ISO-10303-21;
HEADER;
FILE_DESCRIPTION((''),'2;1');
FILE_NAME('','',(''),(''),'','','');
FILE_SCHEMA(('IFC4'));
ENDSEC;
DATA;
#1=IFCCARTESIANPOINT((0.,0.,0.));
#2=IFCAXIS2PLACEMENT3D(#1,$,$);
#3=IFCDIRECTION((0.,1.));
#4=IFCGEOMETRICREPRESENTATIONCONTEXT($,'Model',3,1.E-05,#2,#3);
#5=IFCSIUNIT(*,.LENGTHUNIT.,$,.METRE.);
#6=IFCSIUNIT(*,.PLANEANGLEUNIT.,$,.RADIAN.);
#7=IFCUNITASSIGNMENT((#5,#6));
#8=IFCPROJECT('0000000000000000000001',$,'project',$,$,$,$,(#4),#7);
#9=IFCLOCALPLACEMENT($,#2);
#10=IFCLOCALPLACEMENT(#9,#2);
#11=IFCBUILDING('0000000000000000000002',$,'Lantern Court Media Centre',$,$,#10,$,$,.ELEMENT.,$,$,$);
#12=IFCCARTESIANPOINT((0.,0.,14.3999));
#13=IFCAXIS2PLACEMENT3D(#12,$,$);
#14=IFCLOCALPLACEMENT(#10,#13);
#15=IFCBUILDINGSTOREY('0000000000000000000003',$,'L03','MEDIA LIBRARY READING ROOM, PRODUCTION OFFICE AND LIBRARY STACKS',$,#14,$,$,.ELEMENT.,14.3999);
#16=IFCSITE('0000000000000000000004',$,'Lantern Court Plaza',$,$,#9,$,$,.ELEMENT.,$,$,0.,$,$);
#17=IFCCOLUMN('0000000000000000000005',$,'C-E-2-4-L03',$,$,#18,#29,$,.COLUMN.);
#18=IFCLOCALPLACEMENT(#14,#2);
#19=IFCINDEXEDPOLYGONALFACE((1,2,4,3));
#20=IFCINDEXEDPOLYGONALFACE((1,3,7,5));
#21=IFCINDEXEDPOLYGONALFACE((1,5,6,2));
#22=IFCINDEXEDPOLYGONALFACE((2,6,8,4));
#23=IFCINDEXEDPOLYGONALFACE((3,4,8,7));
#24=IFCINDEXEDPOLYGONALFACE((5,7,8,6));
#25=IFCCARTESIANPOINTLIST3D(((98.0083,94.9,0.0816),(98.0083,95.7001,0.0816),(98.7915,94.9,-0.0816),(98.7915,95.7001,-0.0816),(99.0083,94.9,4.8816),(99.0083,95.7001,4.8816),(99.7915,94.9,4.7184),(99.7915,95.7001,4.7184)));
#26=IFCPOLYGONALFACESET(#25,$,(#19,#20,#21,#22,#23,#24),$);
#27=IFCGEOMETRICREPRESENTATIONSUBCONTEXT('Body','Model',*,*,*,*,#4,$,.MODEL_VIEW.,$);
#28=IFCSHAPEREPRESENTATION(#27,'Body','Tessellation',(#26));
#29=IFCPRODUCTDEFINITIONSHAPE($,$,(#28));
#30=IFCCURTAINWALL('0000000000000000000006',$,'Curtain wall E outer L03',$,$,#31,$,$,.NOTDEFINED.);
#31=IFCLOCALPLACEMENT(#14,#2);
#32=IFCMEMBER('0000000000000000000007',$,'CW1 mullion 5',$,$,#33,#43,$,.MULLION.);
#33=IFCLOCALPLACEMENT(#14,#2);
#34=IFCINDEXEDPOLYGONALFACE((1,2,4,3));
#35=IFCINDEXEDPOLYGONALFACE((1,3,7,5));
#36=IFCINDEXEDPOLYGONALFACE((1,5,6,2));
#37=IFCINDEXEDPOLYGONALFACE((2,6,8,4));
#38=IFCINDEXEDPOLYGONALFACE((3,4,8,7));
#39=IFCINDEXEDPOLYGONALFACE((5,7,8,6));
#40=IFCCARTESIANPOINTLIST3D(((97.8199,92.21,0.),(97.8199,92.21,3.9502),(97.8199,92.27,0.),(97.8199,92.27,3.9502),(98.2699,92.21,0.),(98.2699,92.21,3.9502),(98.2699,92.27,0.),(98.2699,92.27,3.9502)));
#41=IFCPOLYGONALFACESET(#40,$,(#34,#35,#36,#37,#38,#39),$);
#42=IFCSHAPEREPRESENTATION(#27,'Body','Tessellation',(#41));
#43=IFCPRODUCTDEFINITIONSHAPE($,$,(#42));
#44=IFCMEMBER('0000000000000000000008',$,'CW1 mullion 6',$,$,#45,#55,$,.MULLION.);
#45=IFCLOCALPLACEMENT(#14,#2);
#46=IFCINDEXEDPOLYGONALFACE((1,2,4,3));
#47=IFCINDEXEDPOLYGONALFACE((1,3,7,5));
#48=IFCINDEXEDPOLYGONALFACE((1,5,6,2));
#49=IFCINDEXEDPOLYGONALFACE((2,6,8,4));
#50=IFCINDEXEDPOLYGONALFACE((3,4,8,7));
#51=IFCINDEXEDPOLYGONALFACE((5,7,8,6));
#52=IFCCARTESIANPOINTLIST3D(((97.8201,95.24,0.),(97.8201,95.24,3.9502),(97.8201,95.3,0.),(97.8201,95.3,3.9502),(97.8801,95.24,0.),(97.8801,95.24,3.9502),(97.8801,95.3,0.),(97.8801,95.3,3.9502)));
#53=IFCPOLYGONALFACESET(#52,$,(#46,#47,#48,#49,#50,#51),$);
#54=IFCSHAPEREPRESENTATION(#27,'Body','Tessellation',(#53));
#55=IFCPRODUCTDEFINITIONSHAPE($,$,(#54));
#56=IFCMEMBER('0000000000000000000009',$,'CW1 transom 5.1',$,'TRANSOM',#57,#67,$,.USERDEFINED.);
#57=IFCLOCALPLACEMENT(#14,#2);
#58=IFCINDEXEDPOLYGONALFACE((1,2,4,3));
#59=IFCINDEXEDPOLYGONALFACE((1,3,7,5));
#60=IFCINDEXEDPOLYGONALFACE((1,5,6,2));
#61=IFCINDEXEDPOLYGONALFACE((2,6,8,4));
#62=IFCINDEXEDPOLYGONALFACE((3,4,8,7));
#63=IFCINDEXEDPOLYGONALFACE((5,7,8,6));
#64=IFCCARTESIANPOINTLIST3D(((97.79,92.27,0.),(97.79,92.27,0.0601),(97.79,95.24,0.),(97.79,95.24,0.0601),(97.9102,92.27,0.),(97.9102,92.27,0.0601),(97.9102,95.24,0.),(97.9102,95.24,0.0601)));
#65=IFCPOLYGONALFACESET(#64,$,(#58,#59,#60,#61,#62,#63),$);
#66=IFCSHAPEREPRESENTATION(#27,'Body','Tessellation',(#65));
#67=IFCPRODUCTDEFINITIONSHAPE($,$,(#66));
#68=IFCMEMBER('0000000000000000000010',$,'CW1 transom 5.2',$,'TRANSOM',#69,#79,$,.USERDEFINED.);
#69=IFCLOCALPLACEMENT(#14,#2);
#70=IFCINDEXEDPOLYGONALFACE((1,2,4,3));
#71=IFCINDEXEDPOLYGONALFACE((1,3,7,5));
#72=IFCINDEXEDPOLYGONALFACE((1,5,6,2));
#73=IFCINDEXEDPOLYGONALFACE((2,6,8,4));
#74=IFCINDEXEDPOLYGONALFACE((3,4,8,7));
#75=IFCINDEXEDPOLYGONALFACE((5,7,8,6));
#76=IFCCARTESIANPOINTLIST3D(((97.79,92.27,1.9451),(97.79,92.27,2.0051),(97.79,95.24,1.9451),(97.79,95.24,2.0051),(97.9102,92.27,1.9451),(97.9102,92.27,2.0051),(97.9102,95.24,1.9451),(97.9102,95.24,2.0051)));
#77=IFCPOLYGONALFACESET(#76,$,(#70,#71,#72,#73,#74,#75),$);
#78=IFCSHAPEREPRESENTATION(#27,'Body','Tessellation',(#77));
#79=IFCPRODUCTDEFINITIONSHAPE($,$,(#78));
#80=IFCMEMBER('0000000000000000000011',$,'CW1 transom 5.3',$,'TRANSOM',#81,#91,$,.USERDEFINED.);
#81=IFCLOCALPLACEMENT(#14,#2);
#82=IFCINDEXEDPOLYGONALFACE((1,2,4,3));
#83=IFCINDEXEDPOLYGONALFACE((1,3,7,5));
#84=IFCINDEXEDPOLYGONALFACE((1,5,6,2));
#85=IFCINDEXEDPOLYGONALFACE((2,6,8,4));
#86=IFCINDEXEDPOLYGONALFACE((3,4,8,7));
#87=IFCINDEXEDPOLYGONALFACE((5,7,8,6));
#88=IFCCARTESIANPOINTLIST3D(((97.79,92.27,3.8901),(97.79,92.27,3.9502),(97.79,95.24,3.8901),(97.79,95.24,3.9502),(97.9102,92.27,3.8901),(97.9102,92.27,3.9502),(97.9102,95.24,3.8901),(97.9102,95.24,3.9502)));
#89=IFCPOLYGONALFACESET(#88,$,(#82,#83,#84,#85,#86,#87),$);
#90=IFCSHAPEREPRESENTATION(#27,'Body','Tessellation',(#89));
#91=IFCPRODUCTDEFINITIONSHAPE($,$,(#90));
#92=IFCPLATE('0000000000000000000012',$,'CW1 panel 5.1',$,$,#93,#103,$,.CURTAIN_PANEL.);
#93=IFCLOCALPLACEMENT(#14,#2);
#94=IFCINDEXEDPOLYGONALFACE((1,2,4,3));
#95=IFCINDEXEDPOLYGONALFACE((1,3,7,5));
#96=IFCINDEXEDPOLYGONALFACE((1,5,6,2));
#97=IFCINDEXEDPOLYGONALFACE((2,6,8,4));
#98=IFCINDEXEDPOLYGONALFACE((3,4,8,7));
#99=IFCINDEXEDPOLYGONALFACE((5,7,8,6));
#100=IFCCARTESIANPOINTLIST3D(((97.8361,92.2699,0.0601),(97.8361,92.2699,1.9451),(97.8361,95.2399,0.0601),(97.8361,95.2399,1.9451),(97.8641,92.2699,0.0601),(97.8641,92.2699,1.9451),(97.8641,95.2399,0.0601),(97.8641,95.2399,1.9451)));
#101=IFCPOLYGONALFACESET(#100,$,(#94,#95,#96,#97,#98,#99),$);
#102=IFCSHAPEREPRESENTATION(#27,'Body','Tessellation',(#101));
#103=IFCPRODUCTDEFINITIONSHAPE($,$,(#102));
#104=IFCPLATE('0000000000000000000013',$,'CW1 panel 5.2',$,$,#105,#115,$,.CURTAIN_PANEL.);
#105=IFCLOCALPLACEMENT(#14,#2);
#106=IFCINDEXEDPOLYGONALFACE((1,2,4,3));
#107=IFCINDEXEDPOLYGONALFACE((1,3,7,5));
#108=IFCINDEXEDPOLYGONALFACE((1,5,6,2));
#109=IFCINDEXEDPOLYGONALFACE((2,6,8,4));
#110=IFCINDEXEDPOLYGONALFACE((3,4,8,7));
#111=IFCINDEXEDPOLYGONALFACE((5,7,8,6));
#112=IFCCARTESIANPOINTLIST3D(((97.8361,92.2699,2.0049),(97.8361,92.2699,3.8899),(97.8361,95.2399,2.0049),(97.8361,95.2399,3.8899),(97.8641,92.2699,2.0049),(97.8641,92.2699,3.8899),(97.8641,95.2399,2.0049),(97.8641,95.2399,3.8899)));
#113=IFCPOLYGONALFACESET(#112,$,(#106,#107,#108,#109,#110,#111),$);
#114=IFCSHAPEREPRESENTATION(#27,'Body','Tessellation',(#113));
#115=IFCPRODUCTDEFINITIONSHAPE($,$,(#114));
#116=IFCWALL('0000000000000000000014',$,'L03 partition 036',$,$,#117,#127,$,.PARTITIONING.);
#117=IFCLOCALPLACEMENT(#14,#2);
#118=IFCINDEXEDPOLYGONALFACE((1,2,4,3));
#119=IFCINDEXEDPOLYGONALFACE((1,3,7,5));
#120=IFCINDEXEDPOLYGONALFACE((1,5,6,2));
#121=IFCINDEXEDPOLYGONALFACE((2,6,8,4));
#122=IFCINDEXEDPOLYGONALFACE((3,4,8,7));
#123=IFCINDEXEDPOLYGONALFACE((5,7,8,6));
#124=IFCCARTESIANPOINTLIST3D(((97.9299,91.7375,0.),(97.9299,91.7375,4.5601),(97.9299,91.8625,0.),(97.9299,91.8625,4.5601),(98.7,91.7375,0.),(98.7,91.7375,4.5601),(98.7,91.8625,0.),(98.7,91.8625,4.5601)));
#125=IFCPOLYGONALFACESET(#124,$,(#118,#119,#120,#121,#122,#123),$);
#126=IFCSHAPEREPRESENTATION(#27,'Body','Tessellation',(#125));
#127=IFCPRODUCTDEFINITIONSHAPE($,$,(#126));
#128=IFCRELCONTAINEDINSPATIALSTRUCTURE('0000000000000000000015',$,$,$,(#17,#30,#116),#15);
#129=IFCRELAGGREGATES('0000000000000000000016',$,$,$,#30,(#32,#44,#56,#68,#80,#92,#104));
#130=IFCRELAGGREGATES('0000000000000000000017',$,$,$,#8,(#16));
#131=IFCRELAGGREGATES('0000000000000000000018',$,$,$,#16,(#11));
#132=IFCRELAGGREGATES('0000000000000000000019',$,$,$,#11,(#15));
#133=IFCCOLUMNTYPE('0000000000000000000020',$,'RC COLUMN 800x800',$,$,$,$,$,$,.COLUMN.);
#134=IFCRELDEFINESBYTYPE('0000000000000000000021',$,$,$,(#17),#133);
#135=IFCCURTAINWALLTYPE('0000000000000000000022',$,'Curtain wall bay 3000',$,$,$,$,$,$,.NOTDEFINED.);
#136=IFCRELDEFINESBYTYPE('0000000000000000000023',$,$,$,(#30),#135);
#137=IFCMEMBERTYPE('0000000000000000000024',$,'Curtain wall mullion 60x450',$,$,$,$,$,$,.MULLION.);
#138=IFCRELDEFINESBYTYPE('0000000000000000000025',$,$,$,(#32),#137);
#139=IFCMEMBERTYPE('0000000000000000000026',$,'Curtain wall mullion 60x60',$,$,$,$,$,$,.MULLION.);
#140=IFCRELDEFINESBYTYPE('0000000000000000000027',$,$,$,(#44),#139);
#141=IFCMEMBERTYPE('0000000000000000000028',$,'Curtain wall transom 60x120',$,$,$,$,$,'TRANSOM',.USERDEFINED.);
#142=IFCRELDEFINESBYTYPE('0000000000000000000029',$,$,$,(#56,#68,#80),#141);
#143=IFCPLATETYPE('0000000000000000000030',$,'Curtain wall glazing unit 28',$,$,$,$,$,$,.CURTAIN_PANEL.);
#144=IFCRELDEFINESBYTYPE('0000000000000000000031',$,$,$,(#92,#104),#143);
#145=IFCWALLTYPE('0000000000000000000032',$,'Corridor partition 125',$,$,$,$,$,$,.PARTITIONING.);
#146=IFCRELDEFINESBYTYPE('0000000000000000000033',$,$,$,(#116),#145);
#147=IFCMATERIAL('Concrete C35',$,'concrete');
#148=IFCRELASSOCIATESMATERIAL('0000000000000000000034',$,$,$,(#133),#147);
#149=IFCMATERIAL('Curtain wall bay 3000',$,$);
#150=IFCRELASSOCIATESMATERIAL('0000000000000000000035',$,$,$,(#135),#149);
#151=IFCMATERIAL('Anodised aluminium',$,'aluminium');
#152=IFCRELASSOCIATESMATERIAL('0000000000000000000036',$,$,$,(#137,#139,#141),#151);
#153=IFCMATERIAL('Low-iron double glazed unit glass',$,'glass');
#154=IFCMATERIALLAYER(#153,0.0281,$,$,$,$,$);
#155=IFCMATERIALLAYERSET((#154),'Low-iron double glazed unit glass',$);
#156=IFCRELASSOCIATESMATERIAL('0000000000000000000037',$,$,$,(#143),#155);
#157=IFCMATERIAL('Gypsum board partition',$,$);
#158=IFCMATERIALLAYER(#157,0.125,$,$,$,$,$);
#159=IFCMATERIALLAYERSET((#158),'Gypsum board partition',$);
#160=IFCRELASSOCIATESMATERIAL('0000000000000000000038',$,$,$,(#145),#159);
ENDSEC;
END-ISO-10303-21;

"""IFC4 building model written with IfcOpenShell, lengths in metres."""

from ifc_helpers import new_model, si_unit, direction, frame, frame_2d, origin, origin_2d, place, context, subcontext, project, spatial, rectangle, extrude, material, layer, layer_set, material_profile, profile_set, type_object, element, aggregate, save


model = new_model("IFC4")

# Units and contexts
model_context = context("Model", 3, precision=1e-05, world=origin(), true_north=direction((0.0, 1.0)))
body_context = subcontext(model_context, "Body", "Model", "MODEL_VIEW")
ifc_project = project(units=[si_unit("LENGTHUNIT", "METRE"), si_unit("PLANEANGLEUNIT", "RADIAN")], contexts=[model_context])

# Site, building, storey
site_placement = place(None, origin())
site = spatial("IfcSite", under=ifc_project, at=site_placement, Name="Lantern Court Plaza", CompositionType="ELEMENT", RefElevation=0.0)
building_placement = place(site_placement, origin())
building = spatial("IfcBuilding", under=site, at=building_placement, Name="Lantern Court Media Centre", CompositionType="ELEMENT")
storey_placement = place(building_placement, frame((0.0, 0.0, 14.3999)))
storey = spatial("IfcBuildingStorey", under=building, at=storey_placement, Name="L03", Description="MEDIA LIBRARY READING ROOM, PRODUCTION OFFICE AND LIBRARY STACKS", CompositionType="ELEMENT", Elevation=14.3999)

# Column
ifc_material_1 = material(Name="Concrete C35", Category="concrete")
ifc_material_profile_1 = material_profile(ifc_material_1, rectangle(XDim=0.8, YDim=0.8, at=origin_2d()), Name="RC 800x800")
ifc_profile_set_1 = profile_set([ifc_material_profile_1], Name="Concrete C35")
column_type = type_object("IfcColumnType", Name="RC COLUMN 800x800", PredefinedType="COLUMN", material=ifc_profile_set_1)
column_placement = place(storey_placement, frame((98.3999, 95.3, 0.0), z_axis=(0.203952, 0.0, 0.978981), x_axis=(0.0, 1.0, 0.0)))
element("IfcColumn", 1, at=column_placement, inside=storey, type_object=column_type, Name="C-E-2-4-L03", PredefinedType="COLUMN", context=body_context, shape_type="SweptSolid", body=[
    extrude(rectangle(XDim=0.8, YDim=0.8, at=origin_2d()), origin(), (0.0, 0.0, 1.0), 4.9031),
])

# Curtain wall, members, plates
ifc_material_2 = material(Name="Curtain wall bay 3000")
curtain_wall_type = type_object("IfcCurtainWallType", Name="Curtain wall bay 3000", PredefinedType="NOTDEFINED", material=ifc_material_2)
curtain_wall_placement = place(storey_placement, origin())
curtain_wall = element("IfcCurtainWall", 2, at=curtain_wall_placement, inside=storey, type_object=curtain_wall_type, Name="Curtain wall E outer L03", PredefinedType="NOTDEFINED")
ifc_material_3 = material(Name="Anodised aluminium", Category="aluminium")
ifc_material_profile_2 = material_profile(ifc_material_3, rectangle(XDim=0.45, YDim=0.0601, at=origin_2d()), Name="AL 60x450")
ifc_profile_set_2 = profile_set([ifc_material_profile_2], Name="Anodised aluminium")
member_type_1 = type_object("IfcMemberType", Name="Curtain wall mullion 60x450", PredefinedType="MULLION", material=ifc_profile_set_2)
member_1_placement = place(storey_placement, frame((98.0449, 92.24, 0.0), z_axis=(0.0, 0.0, 1.0), x_axis=(-1.0, 0.0, 0.0)))
member_1 = element("IfcMember", 3, at=member_1_placement, type_object=member_type_1, Name="CW1 mullion 5", PredefinedType="MULLION", context=body_context, shape_type="SweptSolid", body=[
    extrude(rectangle(XDim=0.45, YDim=0.0601, at=origin_2d()), origin(), (0.0, 0.0, 1.0), 3.9502),
])
ifc_material_profile_3 = material_profile(ifc_material_3, rectangle(XDim=0.0601, YDim=0.0601, at=origin_2d()), Name="AL 60x60")
ifc_profile_set_3 = profile_set([ifc_material_profile_3], Name="Anodised aluminium")
member_type_2 = type_object("IfcMemberType", Name="Curtain wall mullion 60x60", PredefinedType="MULLION", material=ifc_profile_set_3)
member_2_placement = place(storey_placement, frame((97.8501, 95.27, 0.0), z_axis=(0.0, 0.0, 1.0), x_axis=(-1.0, 0.0, 0.0)))
member_2 = element("IfcMember", 4, at=member_2_placement, type_object=member_type_2, Name="CW1 mullion 6", PredefinedType="MULLION", context=body_context, shape_type="SweptSolid", body=[
    extrude(rectangle(XDim=0.0601, YDim=0.0601, at=origin_2d()), origin(), (0.0, 0.0, 1.0), 3.9502),
])
ifc_material_profile_4 = material_profile(ifc_material_3, rectangle(XDim=0.1201, YDim=0.0601, at=origin_2d()), Name="AL 60x120")
ifc_profile_set_4 = profile_set([ifc_material_profile_4], Name="Anodised aluminium")
member_type_3 = type_object("IfcMemberType", Name="Curtain wall transom 60x120", ElementType="TRANSOM", PredefinedType="USERDEFINED", material=ifc_profile_set_4)
member_3_placement = place(storey_placement, frame((97.8501, 92.27, 0.03), z_axis=(0.0, 1.0, 0.0), x_axis=(-1.0, 0.0, 0.0)))
member_3 = element("IfcMember", 5, at=member_3_placement, type_object=member_type_3, Name="CW1 transom 5.1", ObjectType="TRANSOM", PredefinedType="USERDEFINED", context=body_context, shape_type="SweptSolid", body=[
    extrude(rectangle(XDim=0.1201, YDim=0.0601, at=origin_2d()), origin(), (0.0, 0.0, 1.0), 2.97),
])
member_4_placement = place(storey_placement, frame((97.8501, 92.27, 1.9751), z_axis=(0.0, 1.0, 0.0), x_axis=(-1.0, 0.0, 0.0)))
member_4 = element("IfcMember", 6, at=member_4_placement, type_object=member_type_3, Name="CW1 transom 5.2", ObjectType="TRANSOM", PredefinedType="USERDEFINED", context=body_context, shape_type="SweptSolid", body=[
    extrude(rectangle(XDim=0.1201, YDim=0.0601, at=origin_2d()), origin(), (0.0, 0.0, 1.0), 2.97),
])
member_5_placement = place(storey_placement, frame((97.8501, 92.27, 3.9202), z_axis=(0.0, 1.0, 0.0), x_axis=(-1.0, 0.0, 0.0)))
member_5 = element("IfcMember", 7, at=member_5_placement, type_object=member_type_3, Name="CW1 transom 5.3", ObjectType="TRANSOM", PredefinedType="USERDEFINED", context=body_context, shape_type="SweptSolid", body=[
    extrude(rectangle(XDim=0.1201, YDim=0.0601, at=origin_2d()), origin(), (0.0, 0.0, 1.0), 2.97),
])
ifc_material_4 = material(Name="Low-iron double glazed unit glass", Category="glass")
ifc_layer_1 = layer(ifc_material_4, 0.0281)
ifc_layer_set_1 = layer_set([ifc_layer_1], Name="Low-iron double glazed unit glass")
plate_type = type_object("IfcPlateType", Name="Curtain wall glazing unit 28", PredefinedType="CURTAIN_PANEL", material=ifc_layer_set_1)
plate_1_placement = place(storey_placement, frame((97.8501, 93.7549, 0.0601), z_axis=(0.0, 0.0, 1.0), x_axis=(0.0, 1.0, 0.0)))
plate_1 = element("IfcPlate", 8, at=plate_1_placement, type_object=plate_type, Name="CW1 panel 5.1", PredefinedType="CURTAIN_PANEL", context=body_context, shape_type="SweptSolid", body=[
    extrude(rectangle(XDim=2.97, YDim=0.0281, at=origin_2d()), origin(), (0.0, 0.0, 1.0), 1.885),
])
plate_2_placement = place(storey_placement, frame((97.8501, 93.7549, 2.0049), z_axis=(0.0, 0.0, 1.0), x_axis=(0.0, 1.0, 0.0)))
plate_2 = element("IfcPlate", 9, at=plate_2_placement, type_object=plate_type, Name="CW1 panel 5.2", PredefinedType="CURTAIN_PANEL", context=body_context, shape_type="SweptSolid", body=[
    extrude(rectangle(XDim=2.97, YDim=0.0281, at=origin_2d()), origin(), (0.0, 0.0, 1.0), 1.885),
])
aggregate(curtain_wall, [member_1, member_2, member_3, member_4, member_5, plate_1, plate_2])

# Wall
ifc_material_5 = material(Name="Gypsum board partition")
ifc_layer_2 = layer(ifc_material_5, 0.125)
ifc_layer_set_2 = layer_set([ifc_layer_2], Name="Gypsum board partition")
wall_type_1 = type_object("IfcWallType", Name="Corridor partition 125", PredefinedType="PARTITIONING", material=ifc_layer_set_2)
wall_1_placement = place(storey_placement, frame((97.9299, 91.8, 0.0), z_axis=(0.0, 0.0, 1.0), x_axis=(1.0, 0.0, 0.0)))
element("IfcWall", 10, at=wall_1_placement, inside=storey, type_object=wall_type_1, Name="L03 partition 036", PredefinedType="PARTITIONING", context=body_context, shape_type="SweptSolid", body=[
    extrude(rectangle(XDim=0.77, YDim=0.125, at=frame_2d((0.385, 0.0))), origin(), (0.0, 0.0, 1.0), 4.5601),
])

save(model, "model.ifc")
